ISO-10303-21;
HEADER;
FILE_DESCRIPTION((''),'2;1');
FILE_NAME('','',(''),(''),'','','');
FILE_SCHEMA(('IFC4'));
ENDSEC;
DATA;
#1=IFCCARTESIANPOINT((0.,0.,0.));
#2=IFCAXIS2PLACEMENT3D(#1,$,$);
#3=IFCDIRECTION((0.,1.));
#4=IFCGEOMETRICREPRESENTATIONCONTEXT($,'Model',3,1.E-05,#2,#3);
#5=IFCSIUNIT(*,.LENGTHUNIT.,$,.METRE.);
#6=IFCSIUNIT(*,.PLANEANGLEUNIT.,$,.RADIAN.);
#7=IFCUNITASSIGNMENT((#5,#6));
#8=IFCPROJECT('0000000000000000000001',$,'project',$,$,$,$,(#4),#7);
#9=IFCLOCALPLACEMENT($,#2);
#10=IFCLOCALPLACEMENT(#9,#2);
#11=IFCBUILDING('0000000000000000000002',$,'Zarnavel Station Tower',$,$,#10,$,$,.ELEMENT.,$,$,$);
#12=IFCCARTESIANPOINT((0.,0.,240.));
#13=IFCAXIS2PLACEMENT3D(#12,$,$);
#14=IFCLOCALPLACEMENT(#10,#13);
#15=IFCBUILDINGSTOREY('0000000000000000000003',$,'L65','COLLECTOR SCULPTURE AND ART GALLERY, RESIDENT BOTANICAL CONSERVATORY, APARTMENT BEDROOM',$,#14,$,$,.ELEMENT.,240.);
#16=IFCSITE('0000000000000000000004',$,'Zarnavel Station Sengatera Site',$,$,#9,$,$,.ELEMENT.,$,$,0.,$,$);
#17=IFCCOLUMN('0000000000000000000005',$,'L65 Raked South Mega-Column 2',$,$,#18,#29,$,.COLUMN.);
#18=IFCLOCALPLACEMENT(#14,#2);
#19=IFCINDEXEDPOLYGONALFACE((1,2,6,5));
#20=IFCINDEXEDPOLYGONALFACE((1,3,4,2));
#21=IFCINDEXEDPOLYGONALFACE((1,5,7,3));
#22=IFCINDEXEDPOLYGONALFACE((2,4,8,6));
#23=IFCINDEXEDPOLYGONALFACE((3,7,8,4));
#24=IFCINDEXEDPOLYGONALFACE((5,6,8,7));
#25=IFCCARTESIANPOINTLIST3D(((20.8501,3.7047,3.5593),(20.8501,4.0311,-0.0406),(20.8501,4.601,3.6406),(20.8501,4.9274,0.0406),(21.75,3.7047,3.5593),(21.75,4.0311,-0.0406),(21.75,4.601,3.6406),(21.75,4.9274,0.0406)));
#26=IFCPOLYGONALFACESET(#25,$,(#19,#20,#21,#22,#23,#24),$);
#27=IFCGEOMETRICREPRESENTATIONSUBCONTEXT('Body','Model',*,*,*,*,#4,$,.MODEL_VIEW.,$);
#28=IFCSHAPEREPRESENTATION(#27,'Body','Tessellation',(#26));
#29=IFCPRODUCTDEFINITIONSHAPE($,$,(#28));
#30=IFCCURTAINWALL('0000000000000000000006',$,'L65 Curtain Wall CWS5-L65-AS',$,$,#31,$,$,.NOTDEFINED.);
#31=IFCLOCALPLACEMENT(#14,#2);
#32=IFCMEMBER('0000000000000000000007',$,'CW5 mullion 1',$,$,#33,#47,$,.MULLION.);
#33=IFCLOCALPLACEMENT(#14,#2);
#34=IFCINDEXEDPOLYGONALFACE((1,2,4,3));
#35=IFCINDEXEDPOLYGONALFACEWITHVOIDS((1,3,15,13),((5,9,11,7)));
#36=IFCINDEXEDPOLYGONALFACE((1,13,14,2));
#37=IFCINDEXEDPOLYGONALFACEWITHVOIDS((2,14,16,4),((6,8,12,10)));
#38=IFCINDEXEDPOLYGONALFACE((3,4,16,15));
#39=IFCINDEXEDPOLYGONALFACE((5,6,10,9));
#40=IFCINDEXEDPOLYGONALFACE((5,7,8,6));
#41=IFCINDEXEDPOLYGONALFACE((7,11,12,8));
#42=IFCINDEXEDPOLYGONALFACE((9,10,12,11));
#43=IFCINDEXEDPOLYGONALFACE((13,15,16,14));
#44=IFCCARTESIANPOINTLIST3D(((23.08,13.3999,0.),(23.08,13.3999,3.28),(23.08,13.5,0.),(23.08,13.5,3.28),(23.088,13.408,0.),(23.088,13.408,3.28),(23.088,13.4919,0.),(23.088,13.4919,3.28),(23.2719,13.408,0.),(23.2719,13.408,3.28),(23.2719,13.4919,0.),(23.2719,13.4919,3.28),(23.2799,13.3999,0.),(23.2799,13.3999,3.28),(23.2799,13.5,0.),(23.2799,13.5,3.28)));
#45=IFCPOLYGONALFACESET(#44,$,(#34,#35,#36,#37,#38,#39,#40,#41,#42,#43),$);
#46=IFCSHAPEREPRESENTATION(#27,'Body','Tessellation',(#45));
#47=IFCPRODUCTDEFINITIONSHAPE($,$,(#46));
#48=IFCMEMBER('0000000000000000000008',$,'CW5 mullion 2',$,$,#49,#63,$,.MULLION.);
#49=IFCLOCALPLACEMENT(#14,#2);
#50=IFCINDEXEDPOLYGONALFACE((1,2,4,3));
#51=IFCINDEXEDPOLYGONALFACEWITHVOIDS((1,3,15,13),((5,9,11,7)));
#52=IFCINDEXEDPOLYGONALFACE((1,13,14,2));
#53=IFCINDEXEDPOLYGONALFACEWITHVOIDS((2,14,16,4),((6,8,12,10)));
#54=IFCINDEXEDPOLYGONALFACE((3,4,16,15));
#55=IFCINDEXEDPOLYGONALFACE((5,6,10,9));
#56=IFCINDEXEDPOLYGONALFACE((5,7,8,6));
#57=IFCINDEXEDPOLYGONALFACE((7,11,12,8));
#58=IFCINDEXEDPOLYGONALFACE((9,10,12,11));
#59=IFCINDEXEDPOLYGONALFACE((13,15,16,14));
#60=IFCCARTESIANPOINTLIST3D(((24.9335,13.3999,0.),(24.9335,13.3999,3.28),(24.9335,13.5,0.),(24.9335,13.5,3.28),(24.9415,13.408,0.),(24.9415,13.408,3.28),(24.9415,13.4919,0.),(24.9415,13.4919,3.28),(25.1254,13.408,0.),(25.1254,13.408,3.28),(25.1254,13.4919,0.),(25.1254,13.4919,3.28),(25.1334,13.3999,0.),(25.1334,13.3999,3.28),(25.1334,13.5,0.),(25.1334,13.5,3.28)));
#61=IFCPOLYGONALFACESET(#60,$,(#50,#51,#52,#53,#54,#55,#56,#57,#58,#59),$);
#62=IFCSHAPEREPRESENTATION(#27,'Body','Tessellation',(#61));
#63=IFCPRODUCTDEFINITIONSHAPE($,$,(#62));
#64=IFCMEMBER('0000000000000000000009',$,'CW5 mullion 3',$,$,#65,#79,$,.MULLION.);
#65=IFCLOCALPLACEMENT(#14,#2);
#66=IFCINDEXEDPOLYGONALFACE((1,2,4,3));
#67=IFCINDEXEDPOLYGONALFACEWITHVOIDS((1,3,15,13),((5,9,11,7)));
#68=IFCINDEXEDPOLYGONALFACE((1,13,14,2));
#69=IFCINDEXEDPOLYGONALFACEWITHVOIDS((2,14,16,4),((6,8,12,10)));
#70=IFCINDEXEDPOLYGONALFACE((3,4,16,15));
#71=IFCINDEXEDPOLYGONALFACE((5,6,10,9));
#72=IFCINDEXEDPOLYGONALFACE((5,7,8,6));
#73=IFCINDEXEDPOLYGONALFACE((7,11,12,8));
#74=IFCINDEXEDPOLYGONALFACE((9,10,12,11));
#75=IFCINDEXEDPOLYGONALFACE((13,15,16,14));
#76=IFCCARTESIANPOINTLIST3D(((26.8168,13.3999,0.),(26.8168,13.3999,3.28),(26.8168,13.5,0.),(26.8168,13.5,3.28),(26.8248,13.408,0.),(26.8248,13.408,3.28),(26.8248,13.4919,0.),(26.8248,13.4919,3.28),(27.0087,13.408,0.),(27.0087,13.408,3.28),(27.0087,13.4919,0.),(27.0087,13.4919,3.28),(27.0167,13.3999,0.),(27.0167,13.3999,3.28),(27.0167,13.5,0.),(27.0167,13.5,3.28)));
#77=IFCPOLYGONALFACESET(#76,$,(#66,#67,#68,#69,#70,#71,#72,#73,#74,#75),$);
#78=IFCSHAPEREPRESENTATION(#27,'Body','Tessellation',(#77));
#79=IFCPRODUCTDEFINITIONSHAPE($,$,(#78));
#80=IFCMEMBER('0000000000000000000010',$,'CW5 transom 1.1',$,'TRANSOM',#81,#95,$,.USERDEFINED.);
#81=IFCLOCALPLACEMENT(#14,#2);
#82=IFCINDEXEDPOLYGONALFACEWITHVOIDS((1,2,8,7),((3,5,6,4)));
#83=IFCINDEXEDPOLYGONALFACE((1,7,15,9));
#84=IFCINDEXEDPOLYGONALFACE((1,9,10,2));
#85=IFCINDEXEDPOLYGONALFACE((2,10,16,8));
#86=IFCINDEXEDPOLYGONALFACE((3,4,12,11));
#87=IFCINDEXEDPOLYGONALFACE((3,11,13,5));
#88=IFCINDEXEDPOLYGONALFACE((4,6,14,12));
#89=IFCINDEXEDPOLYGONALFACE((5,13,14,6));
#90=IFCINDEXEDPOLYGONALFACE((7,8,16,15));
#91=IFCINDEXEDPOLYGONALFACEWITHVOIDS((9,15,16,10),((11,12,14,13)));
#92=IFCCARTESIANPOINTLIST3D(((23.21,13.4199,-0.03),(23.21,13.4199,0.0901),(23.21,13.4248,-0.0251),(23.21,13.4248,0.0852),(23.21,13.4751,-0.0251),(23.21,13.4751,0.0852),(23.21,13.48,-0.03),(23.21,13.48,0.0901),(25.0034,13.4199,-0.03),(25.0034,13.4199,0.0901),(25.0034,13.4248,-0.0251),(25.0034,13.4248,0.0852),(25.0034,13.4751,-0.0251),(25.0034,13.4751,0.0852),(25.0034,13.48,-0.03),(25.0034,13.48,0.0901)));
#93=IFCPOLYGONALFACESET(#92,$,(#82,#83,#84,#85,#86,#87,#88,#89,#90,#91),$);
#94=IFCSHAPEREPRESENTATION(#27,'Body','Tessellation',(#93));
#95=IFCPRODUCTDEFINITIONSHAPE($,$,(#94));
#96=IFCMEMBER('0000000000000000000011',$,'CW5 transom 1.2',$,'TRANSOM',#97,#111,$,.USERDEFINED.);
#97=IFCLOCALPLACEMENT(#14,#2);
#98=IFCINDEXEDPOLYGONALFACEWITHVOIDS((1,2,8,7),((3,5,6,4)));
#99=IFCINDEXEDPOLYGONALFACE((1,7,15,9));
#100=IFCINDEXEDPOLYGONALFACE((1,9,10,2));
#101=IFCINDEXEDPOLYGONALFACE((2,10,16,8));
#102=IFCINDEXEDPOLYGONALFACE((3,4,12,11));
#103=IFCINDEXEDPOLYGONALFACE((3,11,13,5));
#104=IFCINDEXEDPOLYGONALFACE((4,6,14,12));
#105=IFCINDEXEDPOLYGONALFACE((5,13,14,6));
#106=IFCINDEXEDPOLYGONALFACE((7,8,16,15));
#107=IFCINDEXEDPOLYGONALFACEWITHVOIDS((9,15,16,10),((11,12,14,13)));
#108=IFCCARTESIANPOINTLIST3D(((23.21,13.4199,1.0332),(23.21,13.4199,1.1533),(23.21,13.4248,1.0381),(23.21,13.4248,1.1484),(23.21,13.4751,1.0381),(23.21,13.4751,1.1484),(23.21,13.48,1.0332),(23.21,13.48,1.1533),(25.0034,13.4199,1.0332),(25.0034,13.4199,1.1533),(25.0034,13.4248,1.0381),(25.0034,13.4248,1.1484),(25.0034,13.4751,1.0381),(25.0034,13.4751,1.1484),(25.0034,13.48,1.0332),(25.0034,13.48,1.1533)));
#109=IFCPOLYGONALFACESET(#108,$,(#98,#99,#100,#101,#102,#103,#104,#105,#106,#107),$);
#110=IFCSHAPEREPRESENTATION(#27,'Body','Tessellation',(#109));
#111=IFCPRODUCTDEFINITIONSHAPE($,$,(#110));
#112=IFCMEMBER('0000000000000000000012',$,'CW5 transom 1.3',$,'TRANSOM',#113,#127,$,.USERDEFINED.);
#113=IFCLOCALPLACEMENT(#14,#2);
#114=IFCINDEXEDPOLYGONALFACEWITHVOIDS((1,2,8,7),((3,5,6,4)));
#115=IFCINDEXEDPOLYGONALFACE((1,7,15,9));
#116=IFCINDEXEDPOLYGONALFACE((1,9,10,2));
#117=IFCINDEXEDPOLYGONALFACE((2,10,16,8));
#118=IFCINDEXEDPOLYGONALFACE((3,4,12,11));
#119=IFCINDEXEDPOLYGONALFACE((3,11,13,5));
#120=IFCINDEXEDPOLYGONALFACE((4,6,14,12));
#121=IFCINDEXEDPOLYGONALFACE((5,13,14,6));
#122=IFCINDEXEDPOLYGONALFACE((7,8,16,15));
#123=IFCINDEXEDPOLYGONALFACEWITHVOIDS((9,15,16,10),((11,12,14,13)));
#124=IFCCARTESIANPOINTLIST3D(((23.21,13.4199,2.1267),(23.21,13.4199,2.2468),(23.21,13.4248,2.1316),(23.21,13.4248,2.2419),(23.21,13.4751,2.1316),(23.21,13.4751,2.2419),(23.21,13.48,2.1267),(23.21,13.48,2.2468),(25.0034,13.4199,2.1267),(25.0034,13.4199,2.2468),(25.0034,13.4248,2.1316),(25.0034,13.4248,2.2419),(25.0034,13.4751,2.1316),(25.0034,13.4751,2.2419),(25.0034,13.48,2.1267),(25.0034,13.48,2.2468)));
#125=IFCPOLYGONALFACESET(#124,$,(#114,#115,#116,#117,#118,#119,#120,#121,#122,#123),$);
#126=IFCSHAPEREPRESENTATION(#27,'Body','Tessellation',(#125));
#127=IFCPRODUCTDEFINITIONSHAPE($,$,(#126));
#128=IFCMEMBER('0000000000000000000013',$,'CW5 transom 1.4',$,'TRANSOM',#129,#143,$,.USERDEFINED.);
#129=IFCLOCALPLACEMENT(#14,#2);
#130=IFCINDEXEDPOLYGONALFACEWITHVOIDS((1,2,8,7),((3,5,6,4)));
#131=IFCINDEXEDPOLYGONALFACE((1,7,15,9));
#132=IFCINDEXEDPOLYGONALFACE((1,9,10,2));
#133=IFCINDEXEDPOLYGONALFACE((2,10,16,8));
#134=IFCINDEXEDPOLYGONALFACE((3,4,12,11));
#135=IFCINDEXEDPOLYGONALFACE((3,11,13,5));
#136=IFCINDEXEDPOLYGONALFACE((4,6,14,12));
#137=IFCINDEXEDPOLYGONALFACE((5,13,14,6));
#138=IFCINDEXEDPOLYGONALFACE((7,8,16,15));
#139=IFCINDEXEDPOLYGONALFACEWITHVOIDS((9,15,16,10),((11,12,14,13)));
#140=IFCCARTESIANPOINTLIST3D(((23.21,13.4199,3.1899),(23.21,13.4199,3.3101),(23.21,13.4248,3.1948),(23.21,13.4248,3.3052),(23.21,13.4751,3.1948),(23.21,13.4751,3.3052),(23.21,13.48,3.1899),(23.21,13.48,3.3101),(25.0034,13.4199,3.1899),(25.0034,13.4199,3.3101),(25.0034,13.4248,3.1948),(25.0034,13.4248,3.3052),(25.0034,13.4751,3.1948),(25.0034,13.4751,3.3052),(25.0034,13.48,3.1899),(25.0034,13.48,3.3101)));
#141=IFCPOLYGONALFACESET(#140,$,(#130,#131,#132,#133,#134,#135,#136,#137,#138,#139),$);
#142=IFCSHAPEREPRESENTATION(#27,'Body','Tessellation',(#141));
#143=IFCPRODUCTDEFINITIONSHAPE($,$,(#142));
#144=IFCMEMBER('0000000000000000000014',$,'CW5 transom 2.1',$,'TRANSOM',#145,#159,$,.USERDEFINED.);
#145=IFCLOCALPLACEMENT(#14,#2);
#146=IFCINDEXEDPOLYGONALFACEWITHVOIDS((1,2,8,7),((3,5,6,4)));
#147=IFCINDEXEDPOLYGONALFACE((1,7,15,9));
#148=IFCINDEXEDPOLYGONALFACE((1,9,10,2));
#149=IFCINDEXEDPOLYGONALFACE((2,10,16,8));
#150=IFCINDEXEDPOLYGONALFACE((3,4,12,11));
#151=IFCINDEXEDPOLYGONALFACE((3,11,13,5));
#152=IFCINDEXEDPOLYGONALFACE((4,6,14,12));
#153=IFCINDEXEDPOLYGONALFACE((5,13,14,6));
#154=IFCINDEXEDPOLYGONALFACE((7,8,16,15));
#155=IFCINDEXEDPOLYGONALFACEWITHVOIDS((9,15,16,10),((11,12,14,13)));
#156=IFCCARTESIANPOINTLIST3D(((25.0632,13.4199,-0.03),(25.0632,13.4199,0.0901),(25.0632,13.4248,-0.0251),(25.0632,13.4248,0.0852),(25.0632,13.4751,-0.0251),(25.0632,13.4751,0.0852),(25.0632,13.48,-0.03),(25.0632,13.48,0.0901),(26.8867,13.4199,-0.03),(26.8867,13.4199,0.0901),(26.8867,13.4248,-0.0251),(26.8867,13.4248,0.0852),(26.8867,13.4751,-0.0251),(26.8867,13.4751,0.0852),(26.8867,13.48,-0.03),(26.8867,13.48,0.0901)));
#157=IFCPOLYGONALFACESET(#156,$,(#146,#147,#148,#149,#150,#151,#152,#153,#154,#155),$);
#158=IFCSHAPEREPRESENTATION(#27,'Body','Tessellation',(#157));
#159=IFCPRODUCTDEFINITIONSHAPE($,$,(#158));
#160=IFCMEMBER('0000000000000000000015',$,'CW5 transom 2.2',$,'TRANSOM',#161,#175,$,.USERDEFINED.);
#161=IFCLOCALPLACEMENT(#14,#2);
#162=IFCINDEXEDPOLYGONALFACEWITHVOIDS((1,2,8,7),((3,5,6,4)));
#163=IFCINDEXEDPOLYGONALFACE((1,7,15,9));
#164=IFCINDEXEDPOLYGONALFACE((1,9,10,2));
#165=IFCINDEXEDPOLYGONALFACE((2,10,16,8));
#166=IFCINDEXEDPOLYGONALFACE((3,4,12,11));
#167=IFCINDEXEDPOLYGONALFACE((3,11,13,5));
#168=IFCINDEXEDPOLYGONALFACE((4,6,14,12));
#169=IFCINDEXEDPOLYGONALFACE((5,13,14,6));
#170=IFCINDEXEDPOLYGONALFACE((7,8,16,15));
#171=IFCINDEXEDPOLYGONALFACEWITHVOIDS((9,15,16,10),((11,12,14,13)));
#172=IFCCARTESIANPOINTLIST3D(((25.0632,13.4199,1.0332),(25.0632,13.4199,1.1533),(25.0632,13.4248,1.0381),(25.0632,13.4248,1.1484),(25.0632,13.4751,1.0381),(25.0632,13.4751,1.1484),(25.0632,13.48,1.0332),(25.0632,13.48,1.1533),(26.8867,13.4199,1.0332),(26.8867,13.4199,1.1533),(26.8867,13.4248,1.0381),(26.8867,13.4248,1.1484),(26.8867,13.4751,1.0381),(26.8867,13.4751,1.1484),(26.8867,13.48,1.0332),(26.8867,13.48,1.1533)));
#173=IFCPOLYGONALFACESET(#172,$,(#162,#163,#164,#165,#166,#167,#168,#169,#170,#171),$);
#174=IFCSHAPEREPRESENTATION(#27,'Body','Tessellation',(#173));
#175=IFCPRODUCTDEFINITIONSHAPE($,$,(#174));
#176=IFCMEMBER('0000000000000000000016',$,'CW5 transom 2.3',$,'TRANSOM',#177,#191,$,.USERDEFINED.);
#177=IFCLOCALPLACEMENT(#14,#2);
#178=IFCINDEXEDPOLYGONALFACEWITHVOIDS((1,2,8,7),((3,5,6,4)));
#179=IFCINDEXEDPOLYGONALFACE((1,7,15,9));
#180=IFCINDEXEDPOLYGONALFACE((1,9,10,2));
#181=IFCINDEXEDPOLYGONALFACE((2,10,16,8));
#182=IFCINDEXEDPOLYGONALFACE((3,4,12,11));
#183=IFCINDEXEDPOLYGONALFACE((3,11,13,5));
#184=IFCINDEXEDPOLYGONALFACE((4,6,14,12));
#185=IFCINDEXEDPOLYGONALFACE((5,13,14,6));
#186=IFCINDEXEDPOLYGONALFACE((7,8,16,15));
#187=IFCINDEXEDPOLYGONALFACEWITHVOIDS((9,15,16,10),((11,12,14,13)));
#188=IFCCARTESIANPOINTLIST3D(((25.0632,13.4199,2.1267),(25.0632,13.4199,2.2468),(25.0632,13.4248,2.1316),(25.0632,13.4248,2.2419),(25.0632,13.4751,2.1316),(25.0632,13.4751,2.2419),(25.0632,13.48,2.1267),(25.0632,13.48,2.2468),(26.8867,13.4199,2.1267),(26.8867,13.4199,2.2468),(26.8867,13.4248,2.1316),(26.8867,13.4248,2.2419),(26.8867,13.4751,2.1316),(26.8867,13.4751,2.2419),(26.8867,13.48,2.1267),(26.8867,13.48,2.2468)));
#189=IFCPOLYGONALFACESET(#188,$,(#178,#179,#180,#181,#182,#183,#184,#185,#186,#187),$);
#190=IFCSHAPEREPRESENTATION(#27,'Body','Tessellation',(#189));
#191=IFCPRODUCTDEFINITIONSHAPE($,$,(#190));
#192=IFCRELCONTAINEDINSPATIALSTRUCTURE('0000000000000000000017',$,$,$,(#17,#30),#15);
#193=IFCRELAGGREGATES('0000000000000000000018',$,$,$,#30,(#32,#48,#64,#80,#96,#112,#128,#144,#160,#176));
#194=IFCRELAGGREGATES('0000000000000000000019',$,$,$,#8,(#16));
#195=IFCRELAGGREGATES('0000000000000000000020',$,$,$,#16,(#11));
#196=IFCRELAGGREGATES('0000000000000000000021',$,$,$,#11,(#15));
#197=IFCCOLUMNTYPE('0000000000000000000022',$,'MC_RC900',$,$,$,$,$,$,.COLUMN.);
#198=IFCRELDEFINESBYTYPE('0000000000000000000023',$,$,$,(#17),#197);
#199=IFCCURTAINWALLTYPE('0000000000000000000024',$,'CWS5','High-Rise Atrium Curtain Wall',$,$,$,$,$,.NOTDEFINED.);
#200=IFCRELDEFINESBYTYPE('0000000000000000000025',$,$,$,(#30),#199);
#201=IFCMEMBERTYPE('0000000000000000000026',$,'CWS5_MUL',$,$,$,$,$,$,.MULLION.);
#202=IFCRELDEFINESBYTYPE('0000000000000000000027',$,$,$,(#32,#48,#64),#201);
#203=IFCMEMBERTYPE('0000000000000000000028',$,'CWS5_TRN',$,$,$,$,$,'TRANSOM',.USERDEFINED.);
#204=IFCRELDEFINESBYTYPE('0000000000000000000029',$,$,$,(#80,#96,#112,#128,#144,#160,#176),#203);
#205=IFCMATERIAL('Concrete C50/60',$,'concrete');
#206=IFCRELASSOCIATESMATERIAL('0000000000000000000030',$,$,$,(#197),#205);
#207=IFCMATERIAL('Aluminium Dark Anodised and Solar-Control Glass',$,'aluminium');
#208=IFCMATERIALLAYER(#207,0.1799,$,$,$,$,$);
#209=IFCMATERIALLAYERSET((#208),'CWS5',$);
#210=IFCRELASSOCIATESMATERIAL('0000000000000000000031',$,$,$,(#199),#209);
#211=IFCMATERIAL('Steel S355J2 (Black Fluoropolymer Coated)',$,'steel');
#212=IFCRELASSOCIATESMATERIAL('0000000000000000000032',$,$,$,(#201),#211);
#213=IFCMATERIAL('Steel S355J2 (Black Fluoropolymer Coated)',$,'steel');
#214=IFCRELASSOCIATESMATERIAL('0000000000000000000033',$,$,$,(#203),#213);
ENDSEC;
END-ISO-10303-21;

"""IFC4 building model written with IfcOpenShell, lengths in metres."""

from ifc_helpers import new_model, si_unit, direction, frame, origin, origin_2d, place, context, subcontext, project, spatial, rectangle, hollow_rectangle, extrude, material, layer, layer_set, material_profile, profile_set, type_object, element, aggregate, save


model = new_model("IFC4")

# Units and contexts
model_context = context("Model", 3, precision=1e-05, world=origin(), true_north=direction((0.0, 1.0)))
body_context = subcontext(model_context, "Body", "Model", "MODEL_VIEW")
ifc_project = project(units=[si_unit("LENGTHUNIT", "METRE"), si_unit("PLANEANGLEUNIT", "RADIAN")], contexts=[model_context])

# Site, building, storey
site_placement = place(None, origin())
site = spatial("IfcSite", under=ifc_project, at=site_placement, Name="Zarnavel Station Sengatera Site", CompositionType="ELEMENT", RefElevation=0.0)
building_placement = place(site_placement, origin())
building = spatial("IfcBuilding", under=site, at=building_placement, Name="Zarnavel Station Tower", CompositionType="ELEMENT")
storey_placement = place(building_placement, frame((0.0, 0.0, 240.0)))
storey = spatial("IfcBuildingStorey", under=building, at=storey_placement, Name="L65", Description="COLLECTOR SCULPTURE AND ART GALLERY, RESIDENT BOTANICAL CONSERVATORY, APARTMENT BEDROOM", CompositionType="ELEMENT", Elevation=240.0)

# Column
ifc_material_1 = material(Name="Concrete C50/60", Category="concrete")
ifc_material_profile_1 = material_profile(ifc_material_1, rectangle(XDim=0.8999, YDim=0.8999, at=origin_2d()), Name="RC900x900")
ifc_profile_set_1 = profile_set([ifc_material_profile_1], Name="Concrete C50/60")
column_type = type_object("IfcColumnType", Name="MC_RC900", PredefinedType="COLUMN", material=ifc_profile_set_1)
column_placement = place(storey_placement, frame((21.3, 4.4792, 0.0), z_axis=(0.0, -0.090298, 0.995915), x_axis=(1.0, 0.0, 0.0)))
element("IfcColumn", 1, at=column_placement, inside=storey, type_object=column_type, Name="L65 Raked South Mega-Column 2", PredefinedType="COLUMN", context=body_context, shape_type="SweptSolid", body=[
    extrude(rectangle(XDim=0.8999, YDim=0.8999, at=origin_2d()), origin(), (0.0, 0.0, 1.0), 3.6147),
])

# Curtain wall, members
ifc_material_2 = material(Name="Aluminium Dark Anodised and Solar-Control Glass", Category="aluminium")
ifc_layer_1 = layer(ifc_material_2, 0.1799)
ifc_layer_set_1 = layer_set([ifc_layer_1], Name="CWS5")
curtain_wall_type = type_object("IfcCurtainWallType", Name="CWS5", Description="High-Rise Atrium Curtain Wall", PredefinedType="NOTDEFINED", material=ifc_layer_set_1)
curtain_wall_placement = place(storey_placement, origin())
curtain_wall = element("IfcCurtainWall", 2, at=curtain_wall_placement, inside=storey, type_object=curtain_wall_type, Name="L65 Curtain Wall CWS5-L65-AS", PredefinedType="NOTDEFINED")
ifc_material_3 = material(Name="Steel S355J2 (Black Fluoropolymer Coated)", Category="steel")
ifc_material_profile_2 = material_profile(ifc_material_3, hollow_rectangle(XDim=0.1001, YDim=0.2, WallThickness=0.0081, at=origin_2d()), Name="RHS200x100x8")
ifc_profile_set_2 = profile_set([ifc_material_profile_2], Name="Steel S355J2 (Black Fluoropolymer Coated)")
member_type_1 = type_object("IfcMemberType", Name="CWS5_MUL", PredefinedType="MULLION", material=ifc_profile_set_2)
member_1_placement = place(storey_placement, frame((23.1799, 13.45, 0.0), z_axis=(0.0, 0.0, 1.0), x_axis=(0.0, 1.0, 0.0)))
member_1 = element("IfcMember", 3, at=member_1_placement, type_object=member_type_1, Name="CW5 mullion 1", PredefinedType="MULLION", context=body_context, shape_type="SweptSolid", body=[
    extrude(hollow_rectangle(XDim=0.1001, YDim=0.2, WallThickness=0.0081, at=origin_2d()), origin(), (0.0, 0.0, 1.0), 3.28),
])
member_2_placement = place(storey_placement, frame((25.0334, 13.45, 0.0), z_axis=(0.0, 0.0, 1.0), x_axis=(0.0, 1.0, 0.0)))
member_2 = element("IfcMember", 4, at=member_2_placement, type_object=member_type_1, Name="CW5 mullion 2", PredefinedType="MULLION", context=body_context, shape_type="SweptSolid", body=[
    extrude(hollow_rectangle(XDim=0.1001, YDim=0.2, WallThickness=0.0081, at=origin_2d()), origin(), (0.0, 0.0, 1.0), 3.28),
])
member_3_placement = place(storey_placement, frame((26.9167, 13.45, 0.0), z_axis=(0.0, 0.0, 1.0), x_axis=(0.0, 1.0, 0.0)))
member_3 = element("IfcMember", 5, at=member_3_placement, type_object=member_type_1, Name="CW5 mullion 3", PredefinedType="MULLION", context=body_context, shape_type="SweptSolid", body=[
    extrude(hollow_rectangle(XDim=0.1001, YDim=0.2, WallThickness=0.0081, at=origin_2d()), origin(), (0.0, 0.0, 1.0), 3.28),
])
ifc_material_4 = material(Name="Steel S355J2 (Black Fluoropolymer Coated)", Category="steel")
ifc_material_profile_3 = material_profile(ifc_material_4, hollow_rectangle(XDim=0.0601, YDim=0.1201, WallThickness=0.0049, at=origin_2d()), Name="RHS120x60x5")
ifc_profile_set_3 = profile_set([ifc_material_profile_3], Name="Steel S355J2 (Black Fluoropolymer Coated)")
member_type_2 = type_object("IfcMemberType", Name="CWS5_TRN", ElementType="TRANSOM", PredefinedType="USERDEFINED", material=ifc_profile_set_3)
member_4_placement = place(storey_placement, frame((23.21, 13.45, 0.03), z_axis=(1.0, 0.0, 0.0), x_axis=(0.0, 1.0, 0.0)))
member_4 = element("IfcMember", 6, at=member_4_placement, type_object=member_type_2, Name="CW5 transom 1.1", ObjectType="TRANSOM", PredefinedType="USERDEFINED", context=body_context, shape_type="SweptSolid", body=[
    extrude(hollow_rectangle(XDim=0.0601, YDim=0.1201, WallThickness=0.0049, at=origin_2d()), origin(), (0.0, 0.0, 1.0), 1.7935),
])
member_5_placement = place(storey_placement, frame((23.21, 13.45, 1.0933), z_axis=(1.0, 0.0, 0.0), x_axis=(0.0, 1.0, 0.0)))
member_5 = element("IfcMember", 7, at=member_5_placement, type_object=member_type_2, Name="CW5 transom 1.2", ObjectType="TRANSOM", PredefinedType="USERDEFINED", context=body_context, shape_type="SweptSolid", body=[
    extrude(hollow_rectangle(XDim=0.0601, YDim=0.1201, WallThickness=0.0049, at=origin_2d()), origin(), (0.0, 0.0, 1.0), 1.7935),
])
member_6_placement = place(storey_placement, frame((23.21, 13.45, 2.1868), z_axis=(1.0, 0.0, 0.0), x_axis=(0.0, 1.0, 0.0)))
member_6 = element("IfcMember", 8, at=member_6_placement, type_object=member_type_2, Name="CW5 transom 1.3", ObjectType="TRANSOM", PredefinedType="USERDEFINED", context=body_context, shape_type="SweptSolid", body=[
    extrude(hollow_rectangle(XDim=0.0601, YDim=0.1201, WallThickness=0.0049, at=origin_2d()), origin(), (0.0, 0.0, 1.0), 1.7935),
])
member_7_placement = place(storey_placement, frame((23.21, 13.45, 3.25), z_axis=(1.0, 0.0, 0.0), x_axis=(0.0, 1.0, 0.0)))
member_7 = element("IfcMember", 9, at=member_7_placement, type_object=member_type_2, Name="CW5 transom 1.4", ObjectType="TRANSOM", PredefinedType="USERDEFINED", context=body_context, shape_type="SweptSolid", body=[
    extrude(hollow_rectangle(XDim=0.0601, YDim=0.1201, WallThickness=0.0049, at=origin_2d()), origin(), (0.0, 0.0, 1.0), 1.7935),
])
member_8_placement = place(storey_placement, frame((25.0632, 13.45, 0.03), z_axis=(1.0, 0.0, 0.0), x_axis=(0.0, 1.0, 0.0)))
member_8 = element("IfcMember", 10, at=member_8_placement, type_object=member_type_2, Name="CW5 transom 2.1", ObjectType="TRANSOM", PredefinedType="USERDEFINED", context=body_context, shape_type="SweptSolid", body=[
    extrude(hollow_rectangle(XDim=0.0601, YDim=0.1201, WallThickness=0.0049, at=origin_2d()), origin(), (0.0, 0.0, 1.0), 1.8235),
])
member_9_placement = place(storey_placement, frame((25.0632, 13.45, 1.0933), z_axis=(1.0, 0.0, 0.0), x_axis=(0.0, 1.0, 0.0)))
member_9 = element("IfcMember", 11, at=member_9_placement, type_object=member_type_2, Name="CW5 transom 2.2", ObjectType="TRANSOM", PredefinedType="USERDEFINED", context=body_context, shape_type="SweptSolid", body=[
    extrude(hollow_rectangle(XDim=0.0601, YDim=0.1201, WallThickness=0.0049, at=origin_2d()), origin(), (0.0, 0.0, 1.0), 1.8235),
])
member_10_placement = place(storey_placement, frame((25.0632, 13.45, 2.1868), z_axis=(1.0, 0.0, 0.0), x_axis=(0.0, 1.0, 0.0)))
member_10 = element("IfcMember", 12, at=member_10_placement, type_object=member_type_2, Name="CW5 transom 2.3", ObjectType="TRANSOM", PredefinedType="USERDEFINED", context=body_context, shape_type="SweptSolid", body=[
    extrude(hollow_rectangle(XDim=0.0601, YDim=0.1201, WallThickness=0.0049, at=origin_2d()), origin(), (0.0, 0.0, 1.0), 1.8235),
])

aggregate(curtain_wall, [member_1, member_2, member_3, member_4, member_5, member_6, member_7, member_8, member_9, member_10])

save(model, "model.ifc")
